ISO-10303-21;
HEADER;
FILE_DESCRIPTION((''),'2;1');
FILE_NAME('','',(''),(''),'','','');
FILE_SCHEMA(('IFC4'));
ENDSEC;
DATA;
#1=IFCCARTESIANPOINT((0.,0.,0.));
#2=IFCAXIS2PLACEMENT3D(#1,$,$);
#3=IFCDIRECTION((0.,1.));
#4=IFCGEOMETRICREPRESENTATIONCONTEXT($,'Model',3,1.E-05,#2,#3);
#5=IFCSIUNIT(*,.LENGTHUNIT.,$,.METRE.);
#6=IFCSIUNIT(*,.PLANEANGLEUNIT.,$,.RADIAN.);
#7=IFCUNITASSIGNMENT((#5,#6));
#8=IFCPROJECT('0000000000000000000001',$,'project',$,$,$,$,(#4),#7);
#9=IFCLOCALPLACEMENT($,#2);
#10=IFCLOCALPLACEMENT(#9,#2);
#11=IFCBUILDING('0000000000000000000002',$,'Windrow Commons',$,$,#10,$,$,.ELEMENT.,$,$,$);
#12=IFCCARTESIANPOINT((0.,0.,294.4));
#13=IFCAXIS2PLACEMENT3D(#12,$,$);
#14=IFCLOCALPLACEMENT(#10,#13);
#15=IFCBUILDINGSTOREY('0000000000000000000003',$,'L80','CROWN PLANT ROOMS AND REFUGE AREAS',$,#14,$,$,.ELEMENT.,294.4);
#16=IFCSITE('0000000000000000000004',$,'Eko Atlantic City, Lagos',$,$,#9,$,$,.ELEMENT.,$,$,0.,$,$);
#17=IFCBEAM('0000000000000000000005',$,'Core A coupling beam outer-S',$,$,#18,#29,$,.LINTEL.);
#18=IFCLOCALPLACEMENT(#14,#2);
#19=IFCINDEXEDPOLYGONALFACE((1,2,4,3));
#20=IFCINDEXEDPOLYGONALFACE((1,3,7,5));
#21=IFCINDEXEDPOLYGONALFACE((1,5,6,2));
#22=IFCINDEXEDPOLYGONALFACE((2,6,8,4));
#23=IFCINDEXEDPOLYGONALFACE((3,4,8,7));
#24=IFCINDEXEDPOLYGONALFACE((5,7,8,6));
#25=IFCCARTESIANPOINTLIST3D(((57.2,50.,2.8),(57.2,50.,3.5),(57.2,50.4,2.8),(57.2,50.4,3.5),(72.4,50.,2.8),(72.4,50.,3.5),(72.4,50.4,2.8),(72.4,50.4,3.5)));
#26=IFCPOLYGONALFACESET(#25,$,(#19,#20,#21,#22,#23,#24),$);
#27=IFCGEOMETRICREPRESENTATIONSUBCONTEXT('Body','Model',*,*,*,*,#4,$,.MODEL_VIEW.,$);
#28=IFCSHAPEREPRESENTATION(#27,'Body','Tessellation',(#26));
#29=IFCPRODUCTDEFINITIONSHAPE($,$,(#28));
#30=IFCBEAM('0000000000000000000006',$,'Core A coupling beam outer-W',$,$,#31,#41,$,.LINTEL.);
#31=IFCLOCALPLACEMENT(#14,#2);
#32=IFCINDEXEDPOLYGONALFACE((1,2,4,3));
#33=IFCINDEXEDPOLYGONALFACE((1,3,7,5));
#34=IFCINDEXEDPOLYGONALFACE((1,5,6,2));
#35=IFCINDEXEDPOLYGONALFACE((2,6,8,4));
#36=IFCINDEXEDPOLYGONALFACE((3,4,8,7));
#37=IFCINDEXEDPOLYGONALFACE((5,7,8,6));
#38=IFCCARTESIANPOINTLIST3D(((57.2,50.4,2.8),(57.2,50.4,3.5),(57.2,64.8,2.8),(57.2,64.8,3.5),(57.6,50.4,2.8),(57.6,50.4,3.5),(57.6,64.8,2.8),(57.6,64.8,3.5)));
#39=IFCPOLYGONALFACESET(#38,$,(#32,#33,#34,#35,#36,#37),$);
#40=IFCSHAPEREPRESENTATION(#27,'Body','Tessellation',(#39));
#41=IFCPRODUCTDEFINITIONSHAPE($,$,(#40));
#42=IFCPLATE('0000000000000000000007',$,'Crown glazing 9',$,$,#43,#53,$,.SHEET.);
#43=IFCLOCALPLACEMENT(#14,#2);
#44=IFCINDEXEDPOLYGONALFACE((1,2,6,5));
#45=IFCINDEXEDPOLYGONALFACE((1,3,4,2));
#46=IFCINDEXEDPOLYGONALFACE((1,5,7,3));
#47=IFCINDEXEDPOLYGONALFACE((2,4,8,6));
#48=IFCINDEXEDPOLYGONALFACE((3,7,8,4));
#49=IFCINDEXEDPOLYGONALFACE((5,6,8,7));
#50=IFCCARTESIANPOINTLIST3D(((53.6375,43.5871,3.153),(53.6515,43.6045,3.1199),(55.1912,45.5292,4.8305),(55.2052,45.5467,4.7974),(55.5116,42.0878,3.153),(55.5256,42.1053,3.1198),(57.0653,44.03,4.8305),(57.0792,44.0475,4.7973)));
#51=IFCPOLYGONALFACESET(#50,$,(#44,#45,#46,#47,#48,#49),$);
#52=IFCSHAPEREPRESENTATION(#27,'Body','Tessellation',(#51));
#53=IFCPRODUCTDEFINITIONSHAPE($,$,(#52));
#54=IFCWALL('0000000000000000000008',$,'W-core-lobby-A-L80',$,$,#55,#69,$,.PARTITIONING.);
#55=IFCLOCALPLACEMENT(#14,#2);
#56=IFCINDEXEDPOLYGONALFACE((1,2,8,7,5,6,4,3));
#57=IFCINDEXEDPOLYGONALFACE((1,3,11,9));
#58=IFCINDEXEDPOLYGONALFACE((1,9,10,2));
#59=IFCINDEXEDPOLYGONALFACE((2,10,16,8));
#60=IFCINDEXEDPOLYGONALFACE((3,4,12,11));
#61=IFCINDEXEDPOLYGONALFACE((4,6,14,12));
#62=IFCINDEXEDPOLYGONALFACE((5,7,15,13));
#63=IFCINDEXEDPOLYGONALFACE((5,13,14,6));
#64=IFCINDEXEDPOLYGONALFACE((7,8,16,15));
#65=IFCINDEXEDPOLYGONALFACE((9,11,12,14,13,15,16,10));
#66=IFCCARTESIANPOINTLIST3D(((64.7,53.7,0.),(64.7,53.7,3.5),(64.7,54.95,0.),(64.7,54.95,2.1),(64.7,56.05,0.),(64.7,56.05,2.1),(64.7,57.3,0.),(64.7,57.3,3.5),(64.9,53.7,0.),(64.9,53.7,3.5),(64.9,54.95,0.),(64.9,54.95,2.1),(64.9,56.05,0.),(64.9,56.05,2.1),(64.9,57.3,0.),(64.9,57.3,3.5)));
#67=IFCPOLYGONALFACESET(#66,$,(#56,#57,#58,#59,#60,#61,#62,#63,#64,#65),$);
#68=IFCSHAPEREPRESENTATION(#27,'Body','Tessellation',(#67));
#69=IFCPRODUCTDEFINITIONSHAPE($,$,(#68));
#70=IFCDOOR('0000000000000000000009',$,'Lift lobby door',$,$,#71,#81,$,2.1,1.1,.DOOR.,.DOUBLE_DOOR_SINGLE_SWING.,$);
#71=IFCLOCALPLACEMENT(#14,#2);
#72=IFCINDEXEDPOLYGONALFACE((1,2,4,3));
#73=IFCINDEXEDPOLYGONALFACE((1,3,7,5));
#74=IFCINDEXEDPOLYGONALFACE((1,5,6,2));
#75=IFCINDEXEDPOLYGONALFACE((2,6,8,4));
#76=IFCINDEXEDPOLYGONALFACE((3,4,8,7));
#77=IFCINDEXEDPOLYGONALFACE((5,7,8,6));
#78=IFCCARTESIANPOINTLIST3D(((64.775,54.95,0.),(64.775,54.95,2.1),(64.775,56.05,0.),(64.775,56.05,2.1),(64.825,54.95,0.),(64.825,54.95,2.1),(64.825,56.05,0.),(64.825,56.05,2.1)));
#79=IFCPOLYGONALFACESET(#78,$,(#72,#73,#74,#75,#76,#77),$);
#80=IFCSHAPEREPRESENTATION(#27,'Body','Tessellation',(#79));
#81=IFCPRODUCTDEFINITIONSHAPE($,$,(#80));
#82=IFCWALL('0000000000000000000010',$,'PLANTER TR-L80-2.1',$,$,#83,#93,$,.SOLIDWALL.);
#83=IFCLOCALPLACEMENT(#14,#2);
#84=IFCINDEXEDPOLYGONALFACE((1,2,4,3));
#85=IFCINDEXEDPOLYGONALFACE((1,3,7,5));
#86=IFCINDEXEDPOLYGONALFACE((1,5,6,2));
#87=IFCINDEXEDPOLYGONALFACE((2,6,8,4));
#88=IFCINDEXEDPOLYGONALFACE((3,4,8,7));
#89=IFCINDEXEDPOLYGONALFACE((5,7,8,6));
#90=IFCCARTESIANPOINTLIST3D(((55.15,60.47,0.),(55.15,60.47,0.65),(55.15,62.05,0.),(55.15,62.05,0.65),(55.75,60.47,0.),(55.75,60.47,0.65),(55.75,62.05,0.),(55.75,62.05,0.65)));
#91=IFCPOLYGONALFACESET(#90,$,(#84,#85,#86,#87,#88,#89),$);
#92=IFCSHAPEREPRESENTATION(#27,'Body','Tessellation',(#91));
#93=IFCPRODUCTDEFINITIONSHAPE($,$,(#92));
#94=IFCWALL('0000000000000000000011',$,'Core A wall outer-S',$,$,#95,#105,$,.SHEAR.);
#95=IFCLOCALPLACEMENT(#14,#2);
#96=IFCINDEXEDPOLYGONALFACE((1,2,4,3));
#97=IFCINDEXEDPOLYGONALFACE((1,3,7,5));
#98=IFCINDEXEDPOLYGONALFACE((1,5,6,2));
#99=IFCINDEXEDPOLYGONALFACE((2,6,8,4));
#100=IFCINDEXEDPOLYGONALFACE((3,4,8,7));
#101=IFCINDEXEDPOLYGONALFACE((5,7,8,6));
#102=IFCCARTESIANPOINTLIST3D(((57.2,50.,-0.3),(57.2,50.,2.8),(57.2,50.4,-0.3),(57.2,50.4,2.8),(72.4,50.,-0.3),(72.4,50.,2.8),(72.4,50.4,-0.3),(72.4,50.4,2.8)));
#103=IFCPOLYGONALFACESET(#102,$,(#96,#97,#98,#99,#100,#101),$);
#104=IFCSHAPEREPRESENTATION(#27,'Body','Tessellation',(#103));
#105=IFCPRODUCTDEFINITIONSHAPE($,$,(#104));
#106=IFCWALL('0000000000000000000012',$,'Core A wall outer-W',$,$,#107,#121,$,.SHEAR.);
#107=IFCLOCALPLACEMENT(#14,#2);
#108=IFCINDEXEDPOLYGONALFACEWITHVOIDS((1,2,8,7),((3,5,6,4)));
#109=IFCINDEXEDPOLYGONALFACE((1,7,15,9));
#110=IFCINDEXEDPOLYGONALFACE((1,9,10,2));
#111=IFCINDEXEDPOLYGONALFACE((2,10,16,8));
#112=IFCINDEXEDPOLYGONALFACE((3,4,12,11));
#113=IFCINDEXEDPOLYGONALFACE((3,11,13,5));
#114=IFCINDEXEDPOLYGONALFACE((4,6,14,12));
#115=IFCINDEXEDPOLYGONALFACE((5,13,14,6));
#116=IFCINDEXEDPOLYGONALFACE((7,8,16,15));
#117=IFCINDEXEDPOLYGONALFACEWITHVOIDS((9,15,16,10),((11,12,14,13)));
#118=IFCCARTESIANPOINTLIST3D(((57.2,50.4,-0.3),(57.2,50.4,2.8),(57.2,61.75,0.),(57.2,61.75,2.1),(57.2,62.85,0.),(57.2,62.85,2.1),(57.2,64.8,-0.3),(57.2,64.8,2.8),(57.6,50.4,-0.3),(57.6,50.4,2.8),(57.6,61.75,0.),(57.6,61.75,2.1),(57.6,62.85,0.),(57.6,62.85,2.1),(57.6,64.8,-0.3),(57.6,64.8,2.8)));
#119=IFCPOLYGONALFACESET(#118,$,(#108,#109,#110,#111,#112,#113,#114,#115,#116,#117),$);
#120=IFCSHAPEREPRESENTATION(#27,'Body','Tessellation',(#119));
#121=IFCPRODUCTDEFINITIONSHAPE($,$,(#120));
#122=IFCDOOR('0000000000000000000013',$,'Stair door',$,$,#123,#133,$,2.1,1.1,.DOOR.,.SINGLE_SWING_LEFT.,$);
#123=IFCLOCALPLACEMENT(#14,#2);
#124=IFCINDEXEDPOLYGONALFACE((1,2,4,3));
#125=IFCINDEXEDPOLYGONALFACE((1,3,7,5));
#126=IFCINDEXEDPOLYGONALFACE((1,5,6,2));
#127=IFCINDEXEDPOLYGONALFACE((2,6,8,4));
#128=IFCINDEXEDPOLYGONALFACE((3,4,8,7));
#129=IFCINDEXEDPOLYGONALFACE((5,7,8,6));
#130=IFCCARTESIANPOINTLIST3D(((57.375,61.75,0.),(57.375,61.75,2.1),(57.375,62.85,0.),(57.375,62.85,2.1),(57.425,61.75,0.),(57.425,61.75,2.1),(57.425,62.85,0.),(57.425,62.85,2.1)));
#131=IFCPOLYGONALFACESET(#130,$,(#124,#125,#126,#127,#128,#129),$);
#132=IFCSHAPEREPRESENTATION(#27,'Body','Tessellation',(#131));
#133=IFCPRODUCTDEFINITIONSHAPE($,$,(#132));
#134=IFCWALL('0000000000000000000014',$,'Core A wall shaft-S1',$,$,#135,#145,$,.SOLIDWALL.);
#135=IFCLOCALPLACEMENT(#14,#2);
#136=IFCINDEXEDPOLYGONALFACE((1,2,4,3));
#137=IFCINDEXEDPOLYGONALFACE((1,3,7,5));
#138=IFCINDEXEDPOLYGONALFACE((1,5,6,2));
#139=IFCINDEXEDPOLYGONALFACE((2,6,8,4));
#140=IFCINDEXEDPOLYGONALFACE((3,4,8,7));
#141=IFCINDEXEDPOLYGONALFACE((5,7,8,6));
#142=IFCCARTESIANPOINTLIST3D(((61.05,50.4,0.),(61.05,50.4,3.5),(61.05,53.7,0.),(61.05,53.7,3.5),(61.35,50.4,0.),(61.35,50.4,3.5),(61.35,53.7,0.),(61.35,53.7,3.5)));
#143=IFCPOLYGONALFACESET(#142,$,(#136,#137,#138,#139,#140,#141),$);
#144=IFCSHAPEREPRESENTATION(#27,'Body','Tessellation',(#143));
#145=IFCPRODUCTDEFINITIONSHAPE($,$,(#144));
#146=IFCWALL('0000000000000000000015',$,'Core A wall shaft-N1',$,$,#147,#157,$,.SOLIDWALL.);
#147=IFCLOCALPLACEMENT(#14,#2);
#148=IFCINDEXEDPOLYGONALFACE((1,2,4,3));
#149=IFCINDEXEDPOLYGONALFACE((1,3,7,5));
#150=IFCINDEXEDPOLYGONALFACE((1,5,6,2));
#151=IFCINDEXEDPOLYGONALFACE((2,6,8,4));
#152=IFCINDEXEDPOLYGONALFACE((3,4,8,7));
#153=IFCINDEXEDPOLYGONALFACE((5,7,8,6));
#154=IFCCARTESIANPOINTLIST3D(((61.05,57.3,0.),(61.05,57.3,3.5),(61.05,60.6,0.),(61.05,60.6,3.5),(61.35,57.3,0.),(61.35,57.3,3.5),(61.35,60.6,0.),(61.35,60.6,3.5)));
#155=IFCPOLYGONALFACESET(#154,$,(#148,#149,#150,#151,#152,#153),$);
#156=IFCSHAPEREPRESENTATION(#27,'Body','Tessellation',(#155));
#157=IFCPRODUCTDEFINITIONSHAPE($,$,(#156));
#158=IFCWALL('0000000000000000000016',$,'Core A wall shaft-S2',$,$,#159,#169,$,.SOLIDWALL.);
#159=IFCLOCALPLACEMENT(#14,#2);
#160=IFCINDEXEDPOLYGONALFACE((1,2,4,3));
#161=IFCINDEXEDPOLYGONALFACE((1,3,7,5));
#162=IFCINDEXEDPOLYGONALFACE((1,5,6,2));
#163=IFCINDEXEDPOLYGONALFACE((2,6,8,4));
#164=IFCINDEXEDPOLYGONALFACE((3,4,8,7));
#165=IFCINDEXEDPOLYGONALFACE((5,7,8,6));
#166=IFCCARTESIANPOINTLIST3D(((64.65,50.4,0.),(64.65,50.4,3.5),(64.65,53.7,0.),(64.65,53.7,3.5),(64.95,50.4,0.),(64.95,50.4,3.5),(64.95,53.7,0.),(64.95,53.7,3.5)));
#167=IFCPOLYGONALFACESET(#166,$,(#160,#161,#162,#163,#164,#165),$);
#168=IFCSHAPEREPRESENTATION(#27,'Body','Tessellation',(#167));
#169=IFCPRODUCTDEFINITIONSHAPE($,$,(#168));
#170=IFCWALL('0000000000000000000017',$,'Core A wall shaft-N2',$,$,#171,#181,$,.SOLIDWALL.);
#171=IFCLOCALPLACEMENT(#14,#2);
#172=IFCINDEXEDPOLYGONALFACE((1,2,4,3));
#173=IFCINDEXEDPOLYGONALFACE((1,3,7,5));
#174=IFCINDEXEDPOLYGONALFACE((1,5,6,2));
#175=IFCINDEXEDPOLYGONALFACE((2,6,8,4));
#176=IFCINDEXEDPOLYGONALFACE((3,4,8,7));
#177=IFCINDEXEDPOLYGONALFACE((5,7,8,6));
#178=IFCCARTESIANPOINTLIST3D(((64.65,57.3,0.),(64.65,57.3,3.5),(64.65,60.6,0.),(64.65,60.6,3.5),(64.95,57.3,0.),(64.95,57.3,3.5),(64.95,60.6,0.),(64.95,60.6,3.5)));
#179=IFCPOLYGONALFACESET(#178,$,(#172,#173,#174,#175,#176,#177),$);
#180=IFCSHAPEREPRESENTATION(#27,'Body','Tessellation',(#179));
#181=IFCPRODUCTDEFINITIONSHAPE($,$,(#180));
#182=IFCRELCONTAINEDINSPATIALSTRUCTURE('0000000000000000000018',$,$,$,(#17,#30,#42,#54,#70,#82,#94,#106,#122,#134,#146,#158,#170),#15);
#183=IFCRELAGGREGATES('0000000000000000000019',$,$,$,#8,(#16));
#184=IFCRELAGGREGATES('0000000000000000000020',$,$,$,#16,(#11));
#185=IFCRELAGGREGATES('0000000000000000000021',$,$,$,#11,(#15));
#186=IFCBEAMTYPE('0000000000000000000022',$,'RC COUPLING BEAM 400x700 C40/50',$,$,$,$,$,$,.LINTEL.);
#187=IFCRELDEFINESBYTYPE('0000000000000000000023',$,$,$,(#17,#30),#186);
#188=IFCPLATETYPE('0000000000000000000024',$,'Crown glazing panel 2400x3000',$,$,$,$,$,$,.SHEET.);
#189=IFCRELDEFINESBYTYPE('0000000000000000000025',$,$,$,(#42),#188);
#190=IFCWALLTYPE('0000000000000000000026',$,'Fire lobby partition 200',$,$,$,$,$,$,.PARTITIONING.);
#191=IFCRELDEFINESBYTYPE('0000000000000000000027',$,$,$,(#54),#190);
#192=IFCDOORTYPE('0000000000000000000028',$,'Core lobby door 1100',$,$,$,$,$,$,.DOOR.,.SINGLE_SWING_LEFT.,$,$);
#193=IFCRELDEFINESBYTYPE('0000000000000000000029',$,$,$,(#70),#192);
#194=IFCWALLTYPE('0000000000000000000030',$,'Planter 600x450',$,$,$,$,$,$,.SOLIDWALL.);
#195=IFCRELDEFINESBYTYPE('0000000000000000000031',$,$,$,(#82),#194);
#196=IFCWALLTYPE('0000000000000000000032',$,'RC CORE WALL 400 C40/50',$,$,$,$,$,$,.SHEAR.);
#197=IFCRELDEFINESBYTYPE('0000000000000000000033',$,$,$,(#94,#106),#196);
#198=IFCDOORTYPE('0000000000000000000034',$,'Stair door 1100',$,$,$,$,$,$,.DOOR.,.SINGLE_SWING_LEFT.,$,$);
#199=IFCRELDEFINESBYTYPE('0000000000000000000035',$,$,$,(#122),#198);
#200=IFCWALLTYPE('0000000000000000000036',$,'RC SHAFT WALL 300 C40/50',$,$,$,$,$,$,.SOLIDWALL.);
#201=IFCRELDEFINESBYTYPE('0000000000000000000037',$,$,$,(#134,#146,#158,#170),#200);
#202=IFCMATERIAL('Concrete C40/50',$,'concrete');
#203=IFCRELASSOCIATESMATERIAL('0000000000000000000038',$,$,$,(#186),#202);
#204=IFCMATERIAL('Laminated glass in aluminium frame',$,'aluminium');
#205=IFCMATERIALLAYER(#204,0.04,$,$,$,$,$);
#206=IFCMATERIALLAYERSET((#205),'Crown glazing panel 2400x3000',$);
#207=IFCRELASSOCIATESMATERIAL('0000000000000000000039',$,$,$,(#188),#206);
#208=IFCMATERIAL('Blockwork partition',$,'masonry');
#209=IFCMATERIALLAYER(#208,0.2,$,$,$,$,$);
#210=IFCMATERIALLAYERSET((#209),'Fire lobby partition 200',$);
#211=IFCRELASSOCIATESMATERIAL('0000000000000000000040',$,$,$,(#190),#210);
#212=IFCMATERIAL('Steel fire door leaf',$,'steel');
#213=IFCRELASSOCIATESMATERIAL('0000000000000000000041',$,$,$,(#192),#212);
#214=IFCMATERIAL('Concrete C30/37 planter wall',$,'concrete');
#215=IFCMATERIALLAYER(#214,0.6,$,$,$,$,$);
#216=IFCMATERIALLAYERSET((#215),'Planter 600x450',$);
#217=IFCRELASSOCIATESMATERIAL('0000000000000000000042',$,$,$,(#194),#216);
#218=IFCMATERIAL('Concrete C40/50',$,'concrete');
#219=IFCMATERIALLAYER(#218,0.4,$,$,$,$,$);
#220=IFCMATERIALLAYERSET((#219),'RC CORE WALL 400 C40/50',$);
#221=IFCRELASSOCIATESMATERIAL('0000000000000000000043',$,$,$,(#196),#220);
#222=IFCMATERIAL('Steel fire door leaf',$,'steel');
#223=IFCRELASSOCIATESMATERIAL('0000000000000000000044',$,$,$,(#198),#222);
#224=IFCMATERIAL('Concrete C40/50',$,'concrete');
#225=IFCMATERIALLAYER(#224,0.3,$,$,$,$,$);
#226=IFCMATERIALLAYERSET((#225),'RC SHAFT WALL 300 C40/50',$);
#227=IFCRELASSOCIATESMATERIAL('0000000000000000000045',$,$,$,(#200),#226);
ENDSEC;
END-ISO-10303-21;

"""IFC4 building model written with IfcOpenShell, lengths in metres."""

from ifc_helpers import new_model, si_unit, direction, frame, frame_2d, origin, origin_2d, place, context, subcontext, project, spatial, polyline, rectangle, outline, extrude, material, layer, layer_set, material_profile, profile_set, type_object, element, fill, save


model = new_model("IFC4")

# Units and contexts
model_context = context("Model", 3, precision=1e-05, world=origin(), true_north=direction((0.0, 1.0)))
body_context = subcontext(model_context, "Body", "Model", "MODEL_VIEW")
ifc_project = project(units=[si_unit("LENGTHUNIT", "METRE"), si_unit("PLANEANGLEUNIT", "RADIAN")], contexts=[model_context])

# Site, building, storey
site_placement = place(None, origin())
site = spatial("IfcSite", under=ifc_project, at=site_placement, Name="Eko Atlantic City, Lagos", CompositionType="ELEMENT", RefElevation=0.0)
building_placement = place(site_placement, origin())
building = spatial("IfcBuilding", under=site, at=building_placement, Name="Windrow Commons", CompositionType="ELEMENT")
storey_placement = place(building_placement, frame((0.0, 0.0, 294.4)))
storey = spatial("IfcBuildingStorey", under=building, at=storey_placement, Name="L80", Description="CROWN PLANT ROOMS AND REFUGE AREAS", CompositionType="ELEMENT", Elevation=294.4)

# Beams
ifc_material_1 = material(Name="Concrete C40/50", Category="concrete")
ifc_material_profile = material_profile(ifc_material_1, rectangle(XDim=0.4, YDim=0.7, at=origin_2d()))
ifc_profile_set = profile_set([ifc_material_profile], Name="Concrete C40/50")
beam_type = type_object("IfcBeamType", Name="RC COUPLING BEAM 400x700 C40/50", PredefinedType="LINTEL", material=ifc_profile_set)
beam_1_placement = place(storey_placement, frame((57.2, 50.2, 3.15), z_axis=(1.0, 0.0, 0.0), x_axis=(0.0, 1.0, 0.0)))
element("IfcBeam", 1, at=beam_1_placement, inside=storey, type_object=beam_type, Name="Core A coupling beam outer-S", PredefinedType="LINTEL", context=body_context, shape_type="SweptSolid", body=[
    extrude(rectangle(XDim=0.4, YDim=0.7, at=origin_2d()), origin(), (0.0, 0.0, 1.0), 15.2),
])
beam_2_placement = place(storey_placement, frame((57.4, 50.4, 3.15), z_axis=(0.0, 1.0, 0.0), x_axis=(-1.0, 0.0, 0.0)))
element("IfcBeam", 2, at=beam_2_placement, inside=storey, type_object=beam_type, Name="Core A coupling beam outer-W", PredefinedType="LINTEL", context=body_context, shape_type="SweptSolid", body=[
    extrude(rectangle(XDim=0.4, YDim=0.7, at=origin_2d()), origin(), (0.0, 0.0, 1.0), 14.4),
])

# Plate
ifc_material_2 = material(Name="Laminated glass in aluminium frame", Category="aluminium")
ifc_layer_1 = layer(ifc_material_2, 0.04)
ifc_layer_set_1 = layer_set([ifc_layer_1], Name="Crown glazing panel 2400x3000")
plate_type = type_object("IfcPlateType", Name="Crown glazing panel 2400x3000", PredefinedType="SHEET", material=ifc_layer_set_1)
plate_1_placement = place(storey_placement, frame((55.5116, 42.0878, 3.153), z_axis=(-0.349306, -0.436641, 0.829054), x_axis=(-0.780868, 0.624696, 0.000008)))
element("IfcPlate", 3, at=plate_1_placement, inside=storey, type_object=plate_type, Name="Crown glazing 9", PredefinedType="SHEET", context=body_context, shape_type="SweptSolid", body=[
    extrude(outline(polyline([(0.0, 0.0), (2.4, 0.0), (2.4, -3.0), (0.0001, -3.0), (0.0, 0.0)])), origin(), (0.0, 0.0, -1.0), 0.04),
])

# Wall, opening, door
ifc_material_3 = material(Name="Blockwork partition", Category="masonry")
ifc_layer_2 = layer(ifc_material_3, 0.2)
ifc_layer_set_2 = layer_set([ifc_layer_2], Name="Fire lobby partition 200")
wall_type_1 = type_object("IfcWallType", Name="Fire lobby partition 200", PredefinedType="PARTITIONING", material=ifc_layer_set_2)
wall_1_placement = place(storey_placement, frame((64.8, 53.7, 0.0), z_axis=(0.0, 0.0, 1.0), x_axis=(0.0, 1.0, 0.0)))
wall_1 = element("IfcWall", 4, at=wall_1_placement, inside=storey, type_object=wall_type_1, Name="W-core-lobby-A-L80", PredefinedType="PARTITIONING", context=body_context, shape_type="SweptSolid", body=[
    extrude(outline(polyline([(0.0, 0.0), (3.6, 0.0), (3.6, 3.5), (0.0, 3.5), (0.0, 0.0)])), frame((0.0, 0.1, 0.0), z_axis=(0.0, -1.0, 0.0), x_axis=(1.0, 0.0, 0.0)), (0.0, 0.0, 1.0), 0.2),
])
opening_1_placement = place(wall_1_placement, frame((1.25, 0.0, 0.0)))
opening_1 = element("IfcOpeningElement", 5, at=opening_1_placement, cuts=wall_1, PredefinedType="OPENING", context=body_context, shape_type="SweptSolid", body=[
    extrude(rectangle(XDim=1.1, YDim=2.1, at=frame_2d((0.55, 1.05))), frame((0.0, 0.11, 0.0), z_axis=(0.0, -1.0, 0.0), x_axis=(1.0, 0.0, 0.0)), (0.0, 0.0, 1.0), 0.22),
])
ifc_material_4 = material(Name="Steel fire door leaf", Category="steel")
door_type_1 = type_object("IfcDoorType", Name="Core lobby door 1100", OperationType="SINGLE_SWING_LEFT", PredefinedType="DOOR", material=ifc_material_4)
door_1_placement = place(opening_1_placement, origin())
door_1 = element("IfcDoor", 6, at=door_1_placement, inside=storey, type_object=door_type_1, Name="Lift lobby door", OperationType="DOUBLE_DOOR_SINGLE_SWING", OverallHeight=2.1, OverallWidth=1.1, PredefinedType="DOOR", context=body_context, shape_type="SweptSolid", body=[
    extrude(rectangle(XDim=1.1, YDim=2.1, at=frame_2d((0.55, 1.05))), frame((0.0, 0.025, 0.0), z_axis=(0.0, -1.0, 0.0), x_axis=(1.0, 0.0, 0.0)), (0.0, 0.0, 1.0), 0.05),
])
fill(opening_1, door_1)

# Walls
ifc_material_5 = material(Name="Concrete C30/37 planter wall", Category="concrete")
ifc_layer_3 = layer(ifc_material_5, 0.6)
ifc_layer_set_3 = layer_set([ifc_layer_3], Name="Planter 600x450")
wall_type_2 = type_object("IfcWallType", Name="Planter 600x450", PredefinedType="SOLIDWALL", material=ifc_layer_set_3)
wall_2_placement = place(storey_placement, frame((55.45, 60.47, 0.0), z_axis=(0.0, 0.0, 1.0), x_axis=(0.0, 1.0, 0.0)))
element("IfcWall", 7, at=wall_2_placement, inside=storey, type_object=wall_type_2, Name="PLANTER TR-L80-2.1", PredefinedType="SOLIDWALL", context=body_context, shape_type="SweptSolid", body=[
    extrude(rectangle(XDim=1.58, YDim=0.6, at=frame_2d((0.79, 0.0))), origin(), (0.0, 0.0, 1.0), 0.65),
])
ifc_material_6 = material(Name="Concrete C40/50", Category="concrete")
ifc_layer_4 = layer(ifc_material_6, 0.4)
ifc_layer_set_4 = layer_set([ifc_layer_4], Name="RC CORE WALL 400 C40/50")
wall_type_3 = type_object("IfcWallType", Name="RC CORE WALL 400 C40/50", PredefinedType="SHEAR", material=ifc_layer_set_4)
wall_3_placement = place(storey_placement, frame((57.2, 50.2, -0.3), z_axis=(0.0, 0.0, 1.0), x_axis=(1.0, 0.0, 0.0)))
element("IfcWall", 8, at=wall_3_placement, inside=storey, type_object=wall_type_3, Name="Core A wall outer-S", PredefinedType="SHEAR", context=body_context, shape_type="SweptSolid", body=[
    extrude(outline(polyline([(0.0, 0.0), (15.2, 0.0), (15.2, 3.1), (0.0, 3.1), (0.0, 0.0)])), frame((0.0, 0.2, 0.0), z_axis=(0.0, -1.0, 0.0), x_axis=(1.0, 0.0, 0.0)), (0.0, 0.0, 1.0), 0.4),
])

# Wall, opening, door
wall_4_placement = place(storey_placement, frame((57.4, 50.4, -0.3), z_axis=(0.0, 0.0, 1.0), x_axis=(0.0, 1.0, 0.0)))
wall_4 = element("IfcWall", 9, at=wall_4_placement, inside=storey, type_object=wall_type_3, Name="Core A wall outer-W", PredefinedType="SHEAR", context=body_context, shape_type="SweptSolid", body=[
    extrude(outline(polyline([(0.0, 0.0), (14.4, 0.0), (14.4, 3.1), (0.0, 3.1), (0.0, 0.0)])), frame((0.0, 0.2, 0.0), z_axis=(0.0, -1.0, 0.0), x_axis=(1.0, 0.0, 0.0)), (0.0, 0.0, 1.0), 0.4),
])
opening_2_placement = place(wall_4_placement, frame((11.35, 0.0, 0.3)))
opening_2 = element("IfcOpeningElement", 10, at=opening_2_placement, cuts=wall_4, PredefinedType="OPENING", context=body_context, shape_type="SweptSolid", body=[
    extrude(rectangle(XDim=1.1, YDim=2.1, at=frame_2d((0.55, 1.05))), frame((0.0, 0.21, 0.0), z_axis=(0.0, -1.0, 0.0), x_axis=(1.0, 0.0, 0.0)), (0.0, 0.0, 1.0), 0.42),
])
ifc_material_7 = material(Name="Steel fire door leaf", Category="steel")
door_type_2 = type_object("IfcDoorType", Name="Stair door 1100", OperationType="SINGLE_SWING_LEFT", PredefinedType="DOOR", material=ifc_material_7)
door_2_placement = place(opening_2_placement, origin())
door_2 = element("IfcDoor", 11, at=door_2_placement, inside=storey, type_object=door_type_2, Name="Stair door", OperationType="SINGLE_SWING_LEFT", OverallHeight=2.1, OverallWidth=1.1, PredefinedType="DOOR", context=body_context, shape_type="SweptSolid", body=[
    extrude(rectangle(XDim=1.1, YDim=2.1, at=frame_2d((0.55, 1.05))), frame((0.0, 0.025, 0.0), z_axis=(0.0, -1.0, 0.0), x_axis=(1.0, 0.0, 0.0)), (0.0, 0.0, 1.0), 0.05),
])
fill(opening_2, door_2)

# Walls
ifc_material_8 = material(Name="Concrete C40/50", Category="concrete")
ifc_layer_5 = layer(ifc_material_8, 0.3)
ifc_layer_set_5 = layer_set([ifc_layer_5], Name="RC SHAFT WALL 300 C40/50")
wall_type_4 = type_object("IfcWallType", Name="RC SHAFT WALL 300 C40/50", PredefinedType="SOLIDWALL", material=ifc_layer_set_5)
for number, where, z_axis, x_axis, name in (
    (12, (61.2, 50.4, 0.0), (0.0, 0.0, 1.0), (0.0, 1.0, 0.0), "Core A wall shaft-S1"),
    (13, (61.2, 57.3, 0.0), (0.0, 0.0, 1.0), (0.0, 1.0, 0.0), "Core A wall shaft-N1"),
    (14, (64.8, 50.4, 0.0), (0.0, 0.0, 1.0), (0.0, 1.0, 0.0), "Core A wall shaft-S2"),
    (15, (64.8, 57.3, 0.0), (0.0, 0.0, 1.0), (0.0, 1.0, 0.0), "Core A wall shaft-N2"),
):
    element("IfcWall", number, at=place(storey_placement, frame(where, z_axis=z_axis, x_axis=x_axis)), inside=storey, type_object=wall_type_4, Name=name, PredefinedType="SOLIDWALL", context=body_context, shape_type="SweptSolid", body=[
        extrude(outline(polyline([(0.0, 0.0), (3.3, 0.0), (3.3, 3.5), (0.0, 3.5), (0.0, 0.0)])), frame((0.0, 0.15, 0.0), z_axis=(0.0, -1.0, 0.0), x_axis=(1.0, 0.0, 0.0)), (0.0, 0.0, 1.0), 0.3),
    ])

save(model, "model.ifc")
